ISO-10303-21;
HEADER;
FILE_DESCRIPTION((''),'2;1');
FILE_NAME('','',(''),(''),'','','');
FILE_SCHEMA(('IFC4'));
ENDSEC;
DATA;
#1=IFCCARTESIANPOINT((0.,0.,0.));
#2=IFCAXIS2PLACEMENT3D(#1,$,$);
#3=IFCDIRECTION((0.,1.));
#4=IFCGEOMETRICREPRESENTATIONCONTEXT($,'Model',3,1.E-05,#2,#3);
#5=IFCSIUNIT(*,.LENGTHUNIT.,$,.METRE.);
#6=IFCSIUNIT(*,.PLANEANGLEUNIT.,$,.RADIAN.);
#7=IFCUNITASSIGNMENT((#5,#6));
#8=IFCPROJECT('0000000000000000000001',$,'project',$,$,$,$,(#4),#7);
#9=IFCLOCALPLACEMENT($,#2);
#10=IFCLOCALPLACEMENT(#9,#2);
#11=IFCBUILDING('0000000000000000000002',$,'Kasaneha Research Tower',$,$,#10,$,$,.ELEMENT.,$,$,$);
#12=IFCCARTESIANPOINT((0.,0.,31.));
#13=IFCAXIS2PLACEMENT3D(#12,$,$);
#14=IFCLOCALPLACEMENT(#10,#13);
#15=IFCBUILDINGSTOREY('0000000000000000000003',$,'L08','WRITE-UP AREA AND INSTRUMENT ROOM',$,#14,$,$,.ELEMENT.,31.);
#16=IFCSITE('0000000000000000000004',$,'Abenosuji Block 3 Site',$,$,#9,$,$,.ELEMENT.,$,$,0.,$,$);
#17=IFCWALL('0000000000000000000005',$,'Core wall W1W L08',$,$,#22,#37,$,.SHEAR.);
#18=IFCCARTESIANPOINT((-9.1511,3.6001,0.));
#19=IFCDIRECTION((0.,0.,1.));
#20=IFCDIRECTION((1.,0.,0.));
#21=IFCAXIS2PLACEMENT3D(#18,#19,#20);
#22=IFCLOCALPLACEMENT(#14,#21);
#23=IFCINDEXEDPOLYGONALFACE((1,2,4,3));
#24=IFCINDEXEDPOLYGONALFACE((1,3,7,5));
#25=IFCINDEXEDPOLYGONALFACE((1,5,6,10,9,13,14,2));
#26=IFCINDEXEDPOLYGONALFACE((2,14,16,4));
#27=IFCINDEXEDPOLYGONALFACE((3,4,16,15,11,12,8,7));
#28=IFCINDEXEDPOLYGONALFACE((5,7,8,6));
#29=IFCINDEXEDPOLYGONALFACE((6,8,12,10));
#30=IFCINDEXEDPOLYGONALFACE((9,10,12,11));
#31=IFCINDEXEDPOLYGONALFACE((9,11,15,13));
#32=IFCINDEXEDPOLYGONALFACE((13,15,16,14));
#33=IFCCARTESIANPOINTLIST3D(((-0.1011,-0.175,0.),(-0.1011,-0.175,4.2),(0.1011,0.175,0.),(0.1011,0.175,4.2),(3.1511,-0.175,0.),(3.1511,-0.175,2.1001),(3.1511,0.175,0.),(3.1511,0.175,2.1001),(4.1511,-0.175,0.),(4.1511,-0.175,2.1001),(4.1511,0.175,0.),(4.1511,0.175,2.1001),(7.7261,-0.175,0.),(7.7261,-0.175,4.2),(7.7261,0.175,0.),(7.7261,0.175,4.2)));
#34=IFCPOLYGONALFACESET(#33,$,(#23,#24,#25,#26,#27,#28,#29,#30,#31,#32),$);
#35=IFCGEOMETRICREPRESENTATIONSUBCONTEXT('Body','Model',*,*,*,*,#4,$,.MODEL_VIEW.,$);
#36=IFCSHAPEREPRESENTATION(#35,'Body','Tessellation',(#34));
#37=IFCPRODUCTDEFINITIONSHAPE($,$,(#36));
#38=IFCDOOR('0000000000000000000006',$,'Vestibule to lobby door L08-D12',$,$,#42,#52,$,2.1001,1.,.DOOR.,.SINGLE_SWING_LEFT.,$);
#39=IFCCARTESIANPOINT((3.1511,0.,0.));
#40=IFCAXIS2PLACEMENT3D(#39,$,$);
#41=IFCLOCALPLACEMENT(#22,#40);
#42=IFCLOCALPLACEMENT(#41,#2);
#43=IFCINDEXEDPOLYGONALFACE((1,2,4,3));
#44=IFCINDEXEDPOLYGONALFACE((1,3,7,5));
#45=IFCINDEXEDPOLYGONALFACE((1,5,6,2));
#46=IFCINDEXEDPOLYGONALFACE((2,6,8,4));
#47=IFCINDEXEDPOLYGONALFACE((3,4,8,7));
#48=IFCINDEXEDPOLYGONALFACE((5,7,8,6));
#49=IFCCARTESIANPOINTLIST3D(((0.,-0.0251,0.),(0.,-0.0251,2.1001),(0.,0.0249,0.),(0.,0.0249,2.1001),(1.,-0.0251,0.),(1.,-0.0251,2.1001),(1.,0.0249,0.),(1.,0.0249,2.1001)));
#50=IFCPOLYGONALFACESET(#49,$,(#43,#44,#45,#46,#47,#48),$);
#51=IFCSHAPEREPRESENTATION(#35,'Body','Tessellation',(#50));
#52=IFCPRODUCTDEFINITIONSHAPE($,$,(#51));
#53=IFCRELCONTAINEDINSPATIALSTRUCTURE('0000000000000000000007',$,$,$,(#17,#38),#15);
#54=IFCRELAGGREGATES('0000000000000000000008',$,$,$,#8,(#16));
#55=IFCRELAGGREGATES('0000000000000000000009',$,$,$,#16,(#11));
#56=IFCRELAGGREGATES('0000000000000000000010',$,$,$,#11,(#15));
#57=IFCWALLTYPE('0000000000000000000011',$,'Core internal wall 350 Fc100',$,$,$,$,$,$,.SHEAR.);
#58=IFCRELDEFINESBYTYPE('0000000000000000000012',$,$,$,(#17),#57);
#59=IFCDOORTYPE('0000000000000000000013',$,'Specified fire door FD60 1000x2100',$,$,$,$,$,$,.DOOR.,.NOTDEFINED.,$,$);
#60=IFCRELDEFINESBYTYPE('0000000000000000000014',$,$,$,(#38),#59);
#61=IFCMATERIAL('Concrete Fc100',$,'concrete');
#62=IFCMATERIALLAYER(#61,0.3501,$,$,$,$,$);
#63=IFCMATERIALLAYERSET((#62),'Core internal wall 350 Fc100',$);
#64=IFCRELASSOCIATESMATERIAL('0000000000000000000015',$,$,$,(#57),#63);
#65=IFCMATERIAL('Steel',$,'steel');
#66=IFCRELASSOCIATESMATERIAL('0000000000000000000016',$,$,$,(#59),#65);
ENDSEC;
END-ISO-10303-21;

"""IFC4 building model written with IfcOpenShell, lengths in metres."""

from ifc_helpers import new_model, si_unit, direction, frame, frame_2d, origin, place, context, subcontext, project, spatial, polyline, rectangle, outline, extrude, material, layer, layer_set, type_object, element, fill, save


model = new_model("IFC4")

# Units and contexts
model_context = context("Model", 3, precision=1e-05, world=origin(), true_north=direction((0.0, 1.0)))
body_context = subcontext(model_context, "Body", "Model", "MODEL_VIEW")
ifc_project = project(units=[si_unit("LENGTHUNIT", "METRE"), si_unit("PLANEANGLEUNIT", "RADIAN")], contexts=[model_context])

# Site, building, storey
site_placement = place(None, origin())
site = spatial("IfcSite", under=ifc_project, at=site_placement, Name="Abenosuji Block 3 Site", CompositionType="ELEMENT", RefElevation=0.0)
building_placement = place(site_placement, origin())
building = spatial("IfcBuilding", under=site, at=building_placement, Name="Kasaneha Research Tower", CompositionType="ELEMENT")
storey_placement = place(building_placement, frame((0.0, 0.0, 31.0)))
storey = spatial("IfcBuildingStorey", under=building, at=storey_placement, Name="L08", Description="WRITE-UP AREA AND INSTRUMENT ROOM", CompositionType="ELEMENT", Elevation=31.0)

# Wall, opening, door
ifc_material_1 = material(Name="Concrete Fc100", Category="concrete")
ifc_layer_1 = layer(ifc_material_1, 0.3501)
ifc_layer_set_1 = layer_set([ifc_layer_1], Name="Core internal wall 350 Fc100")
wall_type_1 = type_object("IfcWallType", Name="Core internal wall 350 Fc100", PredefinedType="SHEAR", material=ifc_layer_set_1)
wall_1_placement = place(storey_placement, frame((-9.1511, 3.6001, 0.0), z_axis=(0.0, 0.0, 1.0), x_axis=(1.0, 0.0, 0.0)))
wall_1 = element("IfcWall", 1, at=wall_1_placement, inside=storey, type_object=wall_type_1, Name="Core wall W1W L08", PredefinedType="SHEAR", context=body_context, shape_type="SweptSolid", body=[
    extrude(outline(polyline([(-0.1011, -0.175), (3.1511, -0.175), (4.1511, -0.175), (7.7261, -0.175), (7.7261, 0.175), (4.1511, 0.175), (3.1511, 0.175), (0.1011, 0.175), (-0.1011, -0.175)])), origin(), (0.0, 0.0, 1.0), 4.2),
])
opening_1_placement = place(wall_1_placement, frame((3.1511, 0.0, 0.0)))
opening_1 = element("IfcOpeningElement", 2, at=opening_1_placement, cuts=wall_1, PredefinedType="OPENING", context=body_context, shape_type="SweptSolid", body=[
    extrude(rectangle(XDim=1.0, YDim=2.1001, at=frame_2d((0.5, 1.05))), frame((0.0, 0.1851, 0.0), z_axis=(0.0, -1.0, 0.0), x_axis=(1.0, 0.0, 0.0)), (0.0, 0.0, 1.0), 0.3701),
])
ifc_material_2 = material(Name="Steel", Category="steel")
door_type_1 = type_object("IfcDoorType", Name="Specified fire door FD60 1000x2100", OperationType="NOTDEFINED", PredefinedType="DOOR", material=ifc_material_2)
door_1_placement = place(opening_1_placement, origin())
door_1 = element("IfcDoor", 3, at=door_1_placement, inside=storey, type_object=door_type_1, Name="Vestibule to lobby door L08-D12", OperationType="SINGLE_SWING_LEFT", OverallHeight=2.1001, OverallWidth=1.0, PredefinedType="DOOR", context=body_context, shape_type="SweptSolid", body=[
    extrude(rectangle(XDim=1.0, YDim=2.1001, at=frame_2d((0.5, 1.05))), frame((0.0, 0.0249, 0.0), z_axis=(0.0, -1.0, 0.0), x_axis=(1.0, 0.0, 0.0)), (0.0, 0.0, 1.0), 0.05),
])
fill(opening_1, door_1)

save(model, "model.ifc")
